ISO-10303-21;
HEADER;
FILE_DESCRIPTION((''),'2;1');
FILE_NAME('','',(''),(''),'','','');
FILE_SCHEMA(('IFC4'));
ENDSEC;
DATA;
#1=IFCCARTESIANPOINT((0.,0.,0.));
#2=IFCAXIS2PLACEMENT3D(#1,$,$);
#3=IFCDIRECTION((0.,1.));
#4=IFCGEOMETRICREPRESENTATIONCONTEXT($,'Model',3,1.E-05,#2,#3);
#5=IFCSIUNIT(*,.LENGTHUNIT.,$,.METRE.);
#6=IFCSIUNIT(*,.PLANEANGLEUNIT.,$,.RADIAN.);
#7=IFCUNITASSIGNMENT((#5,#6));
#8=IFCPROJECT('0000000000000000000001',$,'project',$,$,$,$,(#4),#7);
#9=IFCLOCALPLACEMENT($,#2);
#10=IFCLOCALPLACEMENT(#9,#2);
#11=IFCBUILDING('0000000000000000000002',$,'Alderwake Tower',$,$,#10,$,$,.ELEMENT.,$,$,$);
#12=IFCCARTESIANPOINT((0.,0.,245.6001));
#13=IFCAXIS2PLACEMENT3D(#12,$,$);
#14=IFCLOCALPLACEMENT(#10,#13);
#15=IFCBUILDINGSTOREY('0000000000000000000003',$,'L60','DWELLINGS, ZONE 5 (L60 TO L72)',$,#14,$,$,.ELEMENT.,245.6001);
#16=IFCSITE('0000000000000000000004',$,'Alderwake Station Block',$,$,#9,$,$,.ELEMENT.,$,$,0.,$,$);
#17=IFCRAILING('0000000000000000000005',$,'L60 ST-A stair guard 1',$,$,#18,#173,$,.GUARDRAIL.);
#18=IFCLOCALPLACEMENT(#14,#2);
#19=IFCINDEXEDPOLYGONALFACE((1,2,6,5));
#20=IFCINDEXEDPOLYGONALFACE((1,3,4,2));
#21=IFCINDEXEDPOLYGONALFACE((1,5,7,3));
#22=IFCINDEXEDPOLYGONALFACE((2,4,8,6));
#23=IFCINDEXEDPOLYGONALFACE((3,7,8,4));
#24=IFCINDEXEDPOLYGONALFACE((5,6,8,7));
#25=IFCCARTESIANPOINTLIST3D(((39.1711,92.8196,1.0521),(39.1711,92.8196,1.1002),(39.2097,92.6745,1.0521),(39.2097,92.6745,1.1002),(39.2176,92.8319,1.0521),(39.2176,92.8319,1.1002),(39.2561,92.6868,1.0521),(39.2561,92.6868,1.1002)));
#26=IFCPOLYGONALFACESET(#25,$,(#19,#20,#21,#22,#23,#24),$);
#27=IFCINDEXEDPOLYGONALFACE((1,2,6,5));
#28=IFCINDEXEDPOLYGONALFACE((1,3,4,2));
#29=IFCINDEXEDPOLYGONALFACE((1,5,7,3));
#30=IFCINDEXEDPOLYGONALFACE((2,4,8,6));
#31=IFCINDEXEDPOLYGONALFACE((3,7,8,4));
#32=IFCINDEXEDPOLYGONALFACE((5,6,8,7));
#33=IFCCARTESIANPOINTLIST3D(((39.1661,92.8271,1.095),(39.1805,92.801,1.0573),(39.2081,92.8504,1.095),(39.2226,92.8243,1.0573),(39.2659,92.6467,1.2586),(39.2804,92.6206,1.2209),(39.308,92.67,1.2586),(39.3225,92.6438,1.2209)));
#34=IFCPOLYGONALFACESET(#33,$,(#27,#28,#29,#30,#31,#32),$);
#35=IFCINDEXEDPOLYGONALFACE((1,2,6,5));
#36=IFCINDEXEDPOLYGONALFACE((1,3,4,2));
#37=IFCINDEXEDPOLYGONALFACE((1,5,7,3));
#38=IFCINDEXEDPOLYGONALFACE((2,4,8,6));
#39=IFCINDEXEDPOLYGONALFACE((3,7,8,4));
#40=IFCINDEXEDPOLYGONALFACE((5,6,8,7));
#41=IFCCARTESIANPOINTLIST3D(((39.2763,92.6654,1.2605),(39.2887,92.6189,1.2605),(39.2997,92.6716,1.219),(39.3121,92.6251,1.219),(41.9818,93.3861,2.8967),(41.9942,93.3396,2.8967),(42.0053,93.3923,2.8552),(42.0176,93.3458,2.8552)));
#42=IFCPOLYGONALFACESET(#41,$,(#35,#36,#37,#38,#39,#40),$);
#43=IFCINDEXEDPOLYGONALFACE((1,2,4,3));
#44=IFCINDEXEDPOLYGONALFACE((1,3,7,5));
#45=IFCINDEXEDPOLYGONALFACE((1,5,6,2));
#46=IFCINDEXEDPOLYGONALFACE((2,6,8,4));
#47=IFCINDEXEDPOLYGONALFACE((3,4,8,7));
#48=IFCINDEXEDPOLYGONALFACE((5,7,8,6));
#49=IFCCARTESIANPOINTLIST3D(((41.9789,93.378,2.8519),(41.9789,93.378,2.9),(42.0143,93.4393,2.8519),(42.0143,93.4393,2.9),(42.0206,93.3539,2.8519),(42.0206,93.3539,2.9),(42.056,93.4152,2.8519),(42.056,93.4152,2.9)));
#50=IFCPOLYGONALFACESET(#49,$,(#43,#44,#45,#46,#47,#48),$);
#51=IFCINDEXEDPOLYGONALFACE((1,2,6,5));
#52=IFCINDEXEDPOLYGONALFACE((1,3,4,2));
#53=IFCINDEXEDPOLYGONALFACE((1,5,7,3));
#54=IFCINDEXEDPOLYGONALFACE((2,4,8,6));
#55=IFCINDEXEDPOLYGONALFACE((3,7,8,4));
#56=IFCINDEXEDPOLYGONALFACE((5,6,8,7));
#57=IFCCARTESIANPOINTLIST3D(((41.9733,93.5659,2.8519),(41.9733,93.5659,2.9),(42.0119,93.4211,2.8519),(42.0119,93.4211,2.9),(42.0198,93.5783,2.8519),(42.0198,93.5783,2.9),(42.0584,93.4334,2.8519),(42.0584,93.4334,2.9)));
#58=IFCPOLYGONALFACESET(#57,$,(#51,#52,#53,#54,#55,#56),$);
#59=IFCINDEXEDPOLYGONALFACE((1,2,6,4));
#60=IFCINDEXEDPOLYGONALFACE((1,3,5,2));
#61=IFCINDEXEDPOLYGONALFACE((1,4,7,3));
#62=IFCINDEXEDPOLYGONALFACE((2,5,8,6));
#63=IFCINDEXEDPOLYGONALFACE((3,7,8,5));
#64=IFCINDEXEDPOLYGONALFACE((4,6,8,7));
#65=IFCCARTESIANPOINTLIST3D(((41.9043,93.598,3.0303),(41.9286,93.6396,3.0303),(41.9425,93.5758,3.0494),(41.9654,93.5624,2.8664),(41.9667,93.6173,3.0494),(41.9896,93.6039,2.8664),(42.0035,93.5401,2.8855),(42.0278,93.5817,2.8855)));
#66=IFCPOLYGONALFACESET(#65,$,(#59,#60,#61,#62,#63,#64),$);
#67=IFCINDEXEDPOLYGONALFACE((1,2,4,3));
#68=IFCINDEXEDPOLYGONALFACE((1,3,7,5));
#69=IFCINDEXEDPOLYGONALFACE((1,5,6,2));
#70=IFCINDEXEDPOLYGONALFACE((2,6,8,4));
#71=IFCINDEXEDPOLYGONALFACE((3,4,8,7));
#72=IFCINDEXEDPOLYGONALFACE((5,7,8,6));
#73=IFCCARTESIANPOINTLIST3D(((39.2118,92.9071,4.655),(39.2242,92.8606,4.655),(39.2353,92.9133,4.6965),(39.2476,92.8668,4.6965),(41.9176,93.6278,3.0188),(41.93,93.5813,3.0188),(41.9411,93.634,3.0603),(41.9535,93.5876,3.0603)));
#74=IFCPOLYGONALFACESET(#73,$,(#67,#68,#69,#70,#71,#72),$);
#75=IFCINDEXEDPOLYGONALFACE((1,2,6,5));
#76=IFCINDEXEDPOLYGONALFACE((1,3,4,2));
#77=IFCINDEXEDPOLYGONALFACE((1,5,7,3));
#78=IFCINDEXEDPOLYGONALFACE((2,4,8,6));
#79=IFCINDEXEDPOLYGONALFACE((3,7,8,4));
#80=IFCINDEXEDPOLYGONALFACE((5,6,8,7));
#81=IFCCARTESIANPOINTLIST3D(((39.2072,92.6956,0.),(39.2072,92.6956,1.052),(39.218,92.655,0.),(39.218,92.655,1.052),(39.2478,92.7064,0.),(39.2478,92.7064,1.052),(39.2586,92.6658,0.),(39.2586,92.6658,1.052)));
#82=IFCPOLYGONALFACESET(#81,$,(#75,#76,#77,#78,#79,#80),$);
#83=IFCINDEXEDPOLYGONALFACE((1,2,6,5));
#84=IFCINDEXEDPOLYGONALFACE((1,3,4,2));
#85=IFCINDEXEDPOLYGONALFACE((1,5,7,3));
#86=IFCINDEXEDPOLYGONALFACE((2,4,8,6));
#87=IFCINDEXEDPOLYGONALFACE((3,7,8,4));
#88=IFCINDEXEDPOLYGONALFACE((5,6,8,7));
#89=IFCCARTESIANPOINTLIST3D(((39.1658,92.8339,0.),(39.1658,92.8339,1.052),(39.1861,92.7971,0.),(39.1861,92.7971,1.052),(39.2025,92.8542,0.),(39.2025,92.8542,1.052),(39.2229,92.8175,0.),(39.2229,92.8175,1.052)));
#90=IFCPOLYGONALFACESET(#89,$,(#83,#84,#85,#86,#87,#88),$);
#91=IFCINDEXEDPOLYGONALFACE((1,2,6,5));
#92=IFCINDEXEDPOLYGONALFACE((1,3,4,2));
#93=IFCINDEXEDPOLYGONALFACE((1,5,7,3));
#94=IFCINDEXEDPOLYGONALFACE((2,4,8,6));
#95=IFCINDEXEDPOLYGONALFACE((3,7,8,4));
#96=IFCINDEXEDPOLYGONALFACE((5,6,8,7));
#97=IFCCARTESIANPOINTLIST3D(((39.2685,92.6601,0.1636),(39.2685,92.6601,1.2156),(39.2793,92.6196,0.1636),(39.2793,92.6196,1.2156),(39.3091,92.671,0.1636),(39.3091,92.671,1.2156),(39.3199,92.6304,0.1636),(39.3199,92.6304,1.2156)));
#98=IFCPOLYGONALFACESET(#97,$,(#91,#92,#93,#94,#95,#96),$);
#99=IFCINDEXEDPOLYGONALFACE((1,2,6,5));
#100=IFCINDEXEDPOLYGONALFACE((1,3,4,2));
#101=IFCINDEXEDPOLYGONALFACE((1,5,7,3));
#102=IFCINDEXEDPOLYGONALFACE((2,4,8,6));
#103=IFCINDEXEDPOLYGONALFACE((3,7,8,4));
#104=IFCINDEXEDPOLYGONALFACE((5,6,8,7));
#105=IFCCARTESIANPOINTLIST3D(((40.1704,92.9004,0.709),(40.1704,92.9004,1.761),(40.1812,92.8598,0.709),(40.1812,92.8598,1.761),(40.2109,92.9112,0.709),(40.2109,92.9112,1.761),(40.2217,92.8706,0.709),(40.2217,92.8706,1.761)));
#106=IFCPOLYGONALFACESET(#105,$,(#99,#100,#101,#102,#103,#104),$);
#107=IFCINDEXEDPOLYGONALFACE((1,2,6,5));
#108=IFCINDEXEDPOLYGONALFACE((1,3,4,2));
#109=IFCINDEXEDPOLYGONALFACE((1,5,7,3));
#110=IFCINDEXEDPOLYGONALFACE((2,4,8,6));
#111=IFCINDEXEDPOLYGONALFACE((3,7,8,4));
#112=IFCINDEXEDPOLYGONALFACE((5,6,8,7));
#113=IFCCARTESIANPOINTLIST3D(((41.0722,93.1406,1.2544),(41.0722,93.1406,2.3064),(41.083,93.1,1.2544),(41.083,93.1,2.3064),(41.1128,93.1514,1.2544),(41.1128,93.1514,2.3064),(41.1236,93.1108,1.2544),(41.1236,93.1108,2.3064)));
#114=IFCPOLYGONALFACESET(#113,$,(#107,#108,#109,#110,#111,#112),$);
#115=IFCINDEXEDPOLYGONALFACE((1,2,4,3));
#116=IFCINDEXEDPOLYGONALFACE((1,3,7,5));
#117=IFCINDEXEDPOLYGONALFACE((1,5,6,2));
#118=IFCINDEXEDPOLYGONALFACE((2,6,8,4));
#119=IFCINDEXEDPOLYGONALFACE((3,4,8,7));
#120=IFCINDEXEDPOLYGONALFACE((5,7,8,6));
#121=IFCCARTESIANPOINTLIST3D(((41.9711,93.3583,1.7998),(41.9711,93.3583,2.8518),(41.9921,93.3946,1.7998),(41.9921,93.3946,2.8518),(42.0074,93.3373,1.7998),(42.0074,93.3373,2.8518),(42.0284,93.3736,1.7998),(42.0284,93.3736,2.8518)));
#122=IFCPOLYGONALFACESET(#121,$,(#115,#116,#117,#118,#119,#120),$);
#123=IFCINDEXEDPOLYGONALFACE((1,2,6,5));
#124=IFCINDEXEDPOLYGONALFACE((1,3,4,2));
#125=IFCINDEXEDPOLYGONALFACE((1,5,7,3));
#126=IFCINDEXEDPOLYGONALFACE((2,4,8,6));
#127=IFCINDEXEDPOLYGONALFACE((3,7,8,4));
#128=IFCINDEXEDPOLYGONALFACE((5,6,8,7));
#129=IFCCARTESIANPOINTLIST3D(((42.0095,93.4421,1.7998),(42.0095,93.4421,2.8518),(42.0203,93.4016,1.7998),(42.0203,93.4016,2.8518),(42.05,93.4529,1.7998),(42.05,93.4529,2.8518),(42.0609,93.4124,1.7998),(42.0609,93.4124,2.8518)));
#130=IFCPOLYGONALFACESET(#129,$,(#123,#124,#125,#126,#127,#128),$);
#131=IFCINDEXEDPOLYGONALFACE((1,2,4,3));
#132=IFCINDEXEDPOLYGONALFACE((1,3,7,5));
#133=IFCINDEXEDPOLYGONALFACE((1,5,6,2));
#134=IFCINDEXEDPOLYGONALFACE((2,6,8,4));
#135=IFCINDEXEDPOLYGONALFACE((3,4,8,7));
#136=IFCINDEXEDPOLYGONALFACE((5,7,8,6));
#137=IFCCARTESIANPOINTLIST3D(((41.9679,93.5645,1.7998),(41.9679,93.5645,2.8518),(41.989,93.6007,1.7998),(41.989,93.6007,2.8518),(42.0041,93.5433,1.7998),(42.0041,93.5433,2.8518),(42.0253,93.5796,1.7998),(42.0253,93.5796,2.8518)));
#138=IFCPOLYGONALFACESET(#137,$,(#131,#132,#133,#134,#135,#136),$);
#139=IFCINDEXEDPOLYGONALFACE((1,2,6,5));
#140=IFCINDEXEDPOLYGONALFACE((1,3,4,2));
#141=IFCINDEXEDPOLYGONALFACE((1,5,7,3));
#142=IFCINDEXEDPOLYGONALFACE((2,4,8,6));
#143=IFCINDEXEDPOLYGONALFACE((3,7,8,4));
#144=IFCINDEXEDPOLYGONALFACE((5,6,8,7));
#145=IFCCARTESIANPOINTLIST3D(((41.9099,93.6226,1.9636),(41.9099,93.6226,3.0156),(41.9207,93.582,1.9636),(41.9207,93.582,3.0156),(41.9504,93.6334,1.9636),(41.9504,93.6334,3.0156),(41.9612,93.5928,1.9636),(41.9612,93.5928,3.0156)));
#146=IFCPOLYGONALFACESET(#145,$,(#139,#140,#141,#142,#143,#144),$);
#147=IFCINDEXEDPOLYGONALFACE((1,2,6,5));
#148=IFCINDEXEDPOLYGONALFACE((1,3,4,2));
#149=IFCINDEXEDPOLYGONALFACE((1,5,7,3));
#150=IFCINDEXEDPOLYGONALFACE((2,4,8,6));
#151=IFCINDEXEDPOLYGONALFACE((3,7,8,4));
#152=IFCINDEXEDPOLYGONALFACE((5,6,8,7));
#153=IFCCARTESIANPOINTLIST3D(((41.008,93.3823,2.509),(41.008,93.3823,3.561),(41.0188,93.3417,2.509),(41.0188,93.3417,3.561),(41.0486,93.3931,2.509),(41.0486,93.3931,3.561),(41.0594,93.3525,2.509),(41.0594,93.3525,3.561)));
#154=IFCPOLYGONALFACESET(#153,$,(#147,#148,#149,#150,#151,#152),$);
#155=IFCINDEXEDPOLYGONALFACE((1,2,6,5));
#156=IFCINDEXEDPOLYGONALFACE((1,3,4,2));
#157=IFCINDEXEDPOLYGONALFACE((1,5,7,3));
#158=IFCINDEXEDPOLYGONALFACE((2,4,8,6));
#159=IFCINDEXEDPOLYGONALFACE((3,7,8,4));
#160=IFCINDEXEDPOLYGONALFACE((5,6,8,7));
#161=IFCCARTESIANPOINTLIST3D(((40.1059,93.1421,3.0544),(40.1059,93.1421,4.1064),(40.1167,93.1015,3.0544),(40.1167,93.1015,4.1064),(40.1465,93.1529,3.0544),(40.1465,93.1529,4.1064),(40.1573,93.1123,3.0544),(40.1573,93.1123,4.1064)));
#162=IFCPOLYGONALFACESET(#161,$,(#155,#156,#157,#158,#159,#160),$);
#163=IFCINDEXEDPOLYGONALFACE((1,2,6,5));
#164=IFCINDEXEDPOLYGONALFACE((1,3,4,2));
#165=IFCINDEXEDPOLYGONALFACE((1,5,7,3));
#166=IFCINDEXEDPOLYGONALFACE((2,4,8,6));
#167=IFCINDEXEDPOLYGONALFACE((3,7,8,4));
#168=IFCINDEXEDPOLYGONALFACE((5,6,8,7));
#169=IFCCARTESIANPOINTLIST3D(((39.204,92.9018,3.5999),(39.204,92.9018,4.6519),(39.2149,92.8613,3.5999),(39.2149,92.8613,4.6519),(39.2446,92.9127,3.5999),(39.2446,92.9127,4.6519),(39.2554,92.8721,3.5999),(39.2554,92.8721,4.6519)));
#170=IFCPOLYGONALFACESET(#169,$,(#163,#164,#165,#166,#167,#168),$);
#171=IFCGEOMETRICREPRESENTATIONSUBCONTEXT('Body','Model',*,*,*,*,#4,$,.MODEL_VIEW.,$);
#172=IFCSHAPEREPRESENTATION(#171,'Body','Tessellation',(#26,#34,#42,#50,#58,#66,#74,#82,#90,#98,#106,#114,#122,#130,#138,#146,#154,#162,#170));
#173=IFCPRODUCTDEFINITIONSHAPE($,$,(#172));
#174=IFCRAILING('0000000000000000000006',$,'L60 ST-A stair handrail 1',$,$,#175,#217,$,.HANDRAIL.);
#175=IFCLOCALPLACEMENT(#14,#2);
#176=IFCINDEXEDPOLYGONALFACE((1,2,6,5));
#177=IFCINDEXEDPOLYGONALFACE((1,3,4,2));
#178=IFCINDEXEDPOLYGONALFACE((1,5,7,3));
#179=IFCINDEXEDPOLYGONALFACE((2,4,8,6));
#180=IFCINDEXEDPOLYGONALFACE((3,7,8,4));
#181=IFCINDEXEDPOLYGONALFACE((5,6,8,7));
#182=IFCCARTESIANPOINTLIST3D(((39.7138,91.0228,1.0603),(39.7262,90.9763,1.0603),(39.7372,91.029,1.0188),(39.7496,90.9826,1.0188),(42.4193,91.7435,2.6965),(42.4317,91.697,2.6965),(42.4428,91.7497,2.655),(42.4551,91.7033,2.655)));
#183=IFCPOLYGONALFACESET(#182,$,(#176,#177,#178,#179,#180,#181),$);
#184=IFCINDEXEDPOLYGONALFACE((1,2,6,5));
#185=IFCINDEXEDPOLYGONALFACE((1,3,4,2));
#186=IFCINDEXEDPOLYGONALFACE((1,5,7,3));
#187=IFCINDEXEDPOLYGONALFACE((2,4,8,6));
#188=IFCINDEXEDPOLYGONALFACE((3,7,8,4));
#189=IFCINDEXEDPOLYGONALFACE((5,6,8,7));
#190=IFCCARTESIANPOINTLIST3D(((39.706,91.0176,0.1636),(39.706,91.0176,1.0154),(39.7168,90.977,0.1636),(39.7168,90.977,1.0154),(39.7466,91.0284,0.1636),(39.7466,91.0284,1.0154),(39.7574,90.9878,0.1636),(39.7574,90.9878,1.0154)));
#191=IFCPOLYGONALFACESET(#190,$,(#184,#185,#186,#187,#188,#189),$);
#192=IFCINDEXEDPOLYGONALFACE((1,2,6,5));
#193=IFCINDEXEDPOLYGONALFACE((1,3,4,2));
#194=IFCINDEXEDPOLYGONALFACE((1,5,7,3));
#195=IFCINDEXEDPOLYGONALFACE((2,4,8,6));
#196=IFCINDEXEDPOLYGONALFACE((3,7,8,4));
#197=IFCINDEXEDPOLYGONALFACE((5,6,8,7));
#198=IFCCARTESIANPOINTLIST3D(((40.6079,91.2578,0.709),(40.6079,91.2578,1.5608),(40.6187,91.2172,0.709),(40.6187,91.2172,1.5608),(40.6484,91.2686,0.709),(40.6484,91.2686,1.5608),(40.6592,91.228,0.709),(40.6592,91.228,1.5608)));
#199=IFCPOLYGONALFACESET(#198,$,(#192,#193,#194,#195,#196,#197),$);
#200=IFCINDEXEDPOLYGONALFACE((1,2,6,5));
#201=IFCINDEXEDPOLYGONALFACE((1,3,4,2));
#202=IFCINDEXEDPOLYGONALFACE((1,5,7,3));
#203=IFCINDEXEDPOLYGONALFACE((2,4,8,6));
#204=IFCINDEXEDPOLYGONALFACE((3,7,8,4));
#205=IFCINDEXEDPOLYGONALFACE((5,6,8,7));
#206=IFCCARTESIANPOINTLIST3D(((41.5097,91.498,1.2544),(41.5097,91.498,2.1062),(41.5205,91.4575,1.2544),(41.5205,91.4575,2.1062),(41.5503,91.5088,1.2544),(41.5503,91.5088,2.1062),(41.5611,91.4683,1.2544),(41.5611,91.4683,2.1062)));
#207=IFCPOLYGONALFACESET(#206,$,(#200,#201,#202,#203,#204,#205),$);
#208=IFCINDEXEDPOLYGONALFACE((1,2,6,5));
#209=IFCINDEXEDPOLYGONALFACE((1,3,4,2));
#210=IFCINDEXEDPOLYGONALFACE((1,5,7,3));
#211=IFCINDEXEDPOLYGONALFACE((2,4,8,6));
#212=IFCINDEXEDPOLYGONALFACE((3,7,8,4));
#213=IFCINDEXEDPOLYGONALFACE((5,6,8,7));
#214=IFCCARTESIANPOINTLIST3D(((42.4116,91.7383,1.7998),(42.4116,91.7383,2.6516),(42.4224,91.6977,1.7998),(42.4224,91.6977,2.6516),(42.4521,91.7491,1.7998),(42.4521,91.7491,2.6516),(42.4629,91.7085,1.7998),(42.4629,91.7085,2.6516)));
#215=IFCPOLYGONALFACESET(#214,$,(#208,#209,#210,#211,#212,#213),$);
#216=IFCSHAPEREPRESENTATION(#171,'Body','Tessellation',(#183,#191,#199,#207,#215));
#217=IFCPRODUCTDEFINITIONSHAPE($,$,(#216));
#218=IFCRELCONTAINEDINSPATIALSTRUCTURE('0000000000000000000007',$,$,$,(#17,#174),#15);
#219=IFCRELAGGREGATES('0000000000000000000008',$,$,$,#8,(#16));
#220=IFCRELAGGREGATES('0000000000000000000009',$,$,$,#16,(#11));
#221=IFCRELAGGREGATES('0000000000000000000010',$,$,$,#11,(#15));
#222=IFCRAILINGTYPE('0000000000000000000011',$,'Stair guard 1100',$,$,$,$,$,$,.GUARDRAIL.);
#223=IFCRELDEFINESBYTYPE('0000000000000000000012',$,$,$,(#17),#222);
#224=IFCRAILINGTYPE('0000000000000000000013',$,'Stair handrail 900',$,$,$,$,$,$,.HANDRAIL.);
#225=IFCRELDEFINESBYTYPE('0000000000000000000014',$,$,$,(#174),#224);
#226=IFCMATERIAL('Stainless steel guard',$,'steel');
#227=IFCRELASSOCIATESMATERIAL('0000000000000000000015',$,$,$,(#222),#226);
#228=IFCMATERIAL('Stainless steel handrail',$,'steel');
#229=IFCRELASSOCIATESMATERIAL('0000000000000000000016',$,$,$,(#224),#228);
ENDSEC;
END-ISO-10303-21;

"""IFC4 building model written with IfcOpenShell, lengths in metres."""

from ifc_helpers import new_model, si_unit, direction, frame, origin, origin_2d, place, context, subcontext, project, spatial, rectangle, extrude, material, type_object, element, save


model = new_model("IFC4")

# Units and contexts
model_context = context("Model", 3, precision=1e-05, world=origin(), true_north=direction((0.0, 1.0)))
body_context = subcontext(model_context, "Body", "Model", "MODEL_VIEW")
ifc_project = project(units=[si_unit("LENGTHUNIT", "METRE"), si_unit("PLANEANGLEUNIT", "RADIAN")], contexts=[model_context])

# Site, building, storey
site_placement = place(None, origin())
site = spatial("IfcSite", under=ifc_project, at=site_placement, Name="Alderwake Station Block", CompositionType="ELEMENT", RefElevation=0.0)
building_placement = place(site_placement, origin())
building = spatial("IfcBuilding", under=site, at=building_placement, Name="Alderwake Tower", CompositionType="ELEMENT")
storey_placement = place(building_placement, frame((0.0, 0.0, 245.6001)))
storey = spatial("IfcBuildingStorey", under=building, at=storey_placement, Name="L60", Description="DWELLINGS, ZONE 5 (L60 TO L72)", CompositionType="ELEMENT", Elevation=245.6001)

# Railings
ifc_material_1 = material(Name="Stainless steel guard", Category="steel")
railing_type_1 = type_object("IfcRailingType", Name="Stair guard 1100", PredefinedType="GUARDRAIL", material=ifc_material_1)
railing_1_placement = place(storey_placement, frame((39.2329, 92.6807, 0.0)))
element("IfcRailing", 1, at=railing_1_placement, inside=storey, type_object=railing_type_1, Name="L60 ST-A stair guard 1", PredefinedType="GUARDRAIL", context=body_context, shape_type="SweptSolid", body=[
    extrude(rectangle(XDim=0.0481, YDim=0.0481, at=origin_2d()), frame((0.0, 0.0, 1.0762), z_axis=(-0.257055, 0.966397, 0.0), x_axis=(-0.966397, -0.257055, 0.0)), (0.0, 0.0, 1.0), 0.1501),
    extrude(rectangle(XDim=0.0481, YDim=0.0481, at=origin_2d()), frame((-0.0386, 0.145, 1.0762), z_axis=(0.379371, -0.685464, 0.621463), x_axis=(0.874938, 0.484235, 0.0)), (0.0, 0.0, 1.0), 0.2632),
    extrude(rectangle(XDim=0.0481, YDim=0.0481, at=origin_2d()), frame((0.0613, -0.0354, 1.2397), z_axis=(0.834291, 0.222237, 0.504549), x_axis=(-0.257402, 0.966304, 0.0)), (0.0, 0.0, 1.0), 3.2429),
    extrude(rectangle(XDim=0.0481, YDim=0.0481, at=origin_2d()), frame((2.7668, 0.6853, 2.876), z_axis=(0.50022, 0.865898, 0.0), x_axis=(-0.865898, 0.50022, 0.0)), (0.0, 0.0, 1.0), 0.0708),
    extrude(rectangle(XDim=0.0481, YDim=0.0481, at=origin_2d()), frame((2.8022, 0.7466, 2.876), z_axis=(-0.25746, 0.966289, 0.0), x_axis=(-0.966289, -0.25746, 0.0)), (0.0, 0.0, 1.0), 0.1499),
    extrude(rectangle(XDim=0.0481, YDim=0.0481, at=origin_2d()), frame((2.7637, 0.8914, 2.876), z_axis=(-0.342095, 0.199783, 0.918182), x_axis=(-0.5043, -0.863528, 0.0)), (0.0, 0.0, 1.0), 0.1785),
    extrude(rectangle(XDim=0.0481, YDim=0.0481, at=origin_2d()), frame((2.7026, 0.927, 3.0396), z_axis=(-0.834314, -0.222223, 0.504518), x_axis=(0.25738, -0.96631, 0.0)), (0.0, 0.0, 1.0), 3.2432),
    extrude(rectangle(XDim=0.042, YDim=0.042, at=origin_2d()), frame((0.0, 0.0, 0.0), z_axis=(0.0, 0.0, 1.0), x_axis=(-0.257055, 0.966397, 0.0)), (0.0, 0.0, 1.0), 1.052),
    extrude(rectangle(XDim=0.042, YDim=0.042, at=origin_2d()), frame((-0.0386, 0.145, 0.0), z_axis=(0.0, 0.0, 1.0), x_axis=(0.484235, -0.874938, 0.0)), (0.0, 0.0, 1.0), 1.052),
    extrude(rectangle(XDim=0.042, YDim=0.042, at=origin_2d()), frame((0.0613, -0.0354, 0.1636), z_axis=(0.0, 0.0, 1.0), x_axis=(0.966304, 0.257402, 0.0)), (0.0, 0.0, 1.0), 1.052),
    extrude(rectangle(XDim=0.042, YDim=0.042, at=origin_2d()), frame((0.9631, 0.2048, 0.709), z_axis=(0.0, 0.0, 1.0), x_axis=(0.966304, 0.257402, 0.0)), (0.0, 0.0, 1.0), 1.052),
    extrude(rectangle(XDim=0.042, YDim=0.042, at=origin_2d()), frame((1.865, 0.4451, 1.2544), z_axis=(0.0, 0.0, 1.0), x_axis=(0.966304, 0.257402, 0.0)), (0.0, 0.0, 1.0), 1.052),
    extrude(rectangle(XDim=0.042, YDim=0.042, at=origin_2d()), frame((2.7668, 0.6853, 1.7998), z_axis=(0.0, 0.0, 1.0), x_axis=(0.50022, 0.865898, 0.0)), (0.0, 0.0, 1.0), 1.052),
    extrude(rectangle(XDim=0.042, YDim=0.042, at=origin_2d()), frame((2.8022, 0.7466, 1.7998), z_axis=(0.0, 0.0, 1.0), x_axis=(-0.25746, 0.966289, 0.0)), (0.0, 0.0, 1.0), 1.052),
    extrude(rectangle(XDim=0.042, YDim=0.042, at=origin_2d()), frame((2.7637, 0.8914, 1.7998), z_axis=(0.0, 0.0, 1.0), x_axis=(-0.863528, 0.5043, 0.0)), (0.0, 0.0, 1.0), 1.052),
    extrude(rectangle(XDim=0.042, YDim=0.042, at=origin_2d()), frame((2.7026, 0.927, 1.9636), z_axis=(0.0, 0.0, 1.0), x_axis=(-0.96631, -0.25738, 0.0)), (0.0, 0.0, 1.0), 1.052),
    extrude(rectangle(XDim=0.042, YDim=0.042, at=origin_2d()), frame((1.8008, 0.6868, 2.509), z_axis=(0.0, 0.0, 1.0), x_axis=(-0.96631, -0.25738, 0.0)), (0.0, 0.0, 1.0), 1.052),
    extrude(rectangle(XDim=0.042, YDim=0.042, at=origin_2d()), frame((0.8987, 0.4465, 3.0544), z_axis=(0.0, 0.0, 1.0), x_axis=(-0.96631, -0.25738, 0.0)), (0.0, 0.0, 1.0), 1.052),
    extrude(rectangle(XDim=0.042, YDim=0.042, at=origin_2d()), frame((-0.0032, 0.2063, 3.5999), z_axis=(0.0, 0.0, 1.0), x_axis=(-0.96631, -0.25738, 0.0)), (0.0, 0.0, 1.0), 1.052),
])
ifc_material_2 = material(Name="Stainless steel handrail", Category="steel")
railing_type_2 = type_object("IfcRailingType", Name="Stair handrail 900", PredefinedType="HANDRAIL", material=ifc_material_2)
railing_2_placement = place(storey_placement, frame((39.7317, 91.0027, 0.1636)))
element("IfcRailing", 2, at=railing_2_placement, inside=storey, type_object=railing_type_2, Name="L60 ST-A stair handrail 1", PredefinedType="HANDRAIL", context=body_context, shape_type="SweptSolid", body=[
    extrude(rectangle(XDim=0.0481, YDim=0.0481, at=origin_2d()), frame((0.0, 0.0, 0.876), z_axis=(0.834291, 0.222237, 0.504549), x_axis=(-0.257402, 0.966304, 0.0)), (0.0, 0.0, 1.0), 3.2429),
    extrude(rectangle(XDim=0.042, YDim=0.042, at=origin_2d()), frame((0.0, 0.0, 0.0), z_axis=(0.0, 0.0, 1.0), x_axis=(0.966304, 0.257402, 0.0)), (0.0, 0.0, 1.0), 0.8518),
    extrude(rectangle(XDim=0.042, YDim=0.042, at=origin_2d()), frame((0.9019, 0.2402, 0.5454), z_axis=(0.0, 0.0, 1.0), x_axis=(0.966304, 0.257402, 0.0)), (0.0, 0.0, 1.0), 0.8518),
    extrude(rectangle(XDim=0.042, YDim=0.042, at=origin_2d()), frame((1.8037, 0.4805, 1.0908), z_axis=(0.0, 0.0, 1.0), x_axis=(0.966304, 0.257402, 0.0)), (0.0, 0.0, 1.0), 0.8518),
    extrude(rectangle(XDim=0.042, YDim=0.042, at=origin_2d()), frame((2.7056, 0.7207, 1.6362), z_axis=(0.0, 0.0, 1.0), x_axis=(0.966304, 0.257402, 0.0)), (0.0, 0.0, 1.0), 0.8518),
])

save(model, "model.ifc")
